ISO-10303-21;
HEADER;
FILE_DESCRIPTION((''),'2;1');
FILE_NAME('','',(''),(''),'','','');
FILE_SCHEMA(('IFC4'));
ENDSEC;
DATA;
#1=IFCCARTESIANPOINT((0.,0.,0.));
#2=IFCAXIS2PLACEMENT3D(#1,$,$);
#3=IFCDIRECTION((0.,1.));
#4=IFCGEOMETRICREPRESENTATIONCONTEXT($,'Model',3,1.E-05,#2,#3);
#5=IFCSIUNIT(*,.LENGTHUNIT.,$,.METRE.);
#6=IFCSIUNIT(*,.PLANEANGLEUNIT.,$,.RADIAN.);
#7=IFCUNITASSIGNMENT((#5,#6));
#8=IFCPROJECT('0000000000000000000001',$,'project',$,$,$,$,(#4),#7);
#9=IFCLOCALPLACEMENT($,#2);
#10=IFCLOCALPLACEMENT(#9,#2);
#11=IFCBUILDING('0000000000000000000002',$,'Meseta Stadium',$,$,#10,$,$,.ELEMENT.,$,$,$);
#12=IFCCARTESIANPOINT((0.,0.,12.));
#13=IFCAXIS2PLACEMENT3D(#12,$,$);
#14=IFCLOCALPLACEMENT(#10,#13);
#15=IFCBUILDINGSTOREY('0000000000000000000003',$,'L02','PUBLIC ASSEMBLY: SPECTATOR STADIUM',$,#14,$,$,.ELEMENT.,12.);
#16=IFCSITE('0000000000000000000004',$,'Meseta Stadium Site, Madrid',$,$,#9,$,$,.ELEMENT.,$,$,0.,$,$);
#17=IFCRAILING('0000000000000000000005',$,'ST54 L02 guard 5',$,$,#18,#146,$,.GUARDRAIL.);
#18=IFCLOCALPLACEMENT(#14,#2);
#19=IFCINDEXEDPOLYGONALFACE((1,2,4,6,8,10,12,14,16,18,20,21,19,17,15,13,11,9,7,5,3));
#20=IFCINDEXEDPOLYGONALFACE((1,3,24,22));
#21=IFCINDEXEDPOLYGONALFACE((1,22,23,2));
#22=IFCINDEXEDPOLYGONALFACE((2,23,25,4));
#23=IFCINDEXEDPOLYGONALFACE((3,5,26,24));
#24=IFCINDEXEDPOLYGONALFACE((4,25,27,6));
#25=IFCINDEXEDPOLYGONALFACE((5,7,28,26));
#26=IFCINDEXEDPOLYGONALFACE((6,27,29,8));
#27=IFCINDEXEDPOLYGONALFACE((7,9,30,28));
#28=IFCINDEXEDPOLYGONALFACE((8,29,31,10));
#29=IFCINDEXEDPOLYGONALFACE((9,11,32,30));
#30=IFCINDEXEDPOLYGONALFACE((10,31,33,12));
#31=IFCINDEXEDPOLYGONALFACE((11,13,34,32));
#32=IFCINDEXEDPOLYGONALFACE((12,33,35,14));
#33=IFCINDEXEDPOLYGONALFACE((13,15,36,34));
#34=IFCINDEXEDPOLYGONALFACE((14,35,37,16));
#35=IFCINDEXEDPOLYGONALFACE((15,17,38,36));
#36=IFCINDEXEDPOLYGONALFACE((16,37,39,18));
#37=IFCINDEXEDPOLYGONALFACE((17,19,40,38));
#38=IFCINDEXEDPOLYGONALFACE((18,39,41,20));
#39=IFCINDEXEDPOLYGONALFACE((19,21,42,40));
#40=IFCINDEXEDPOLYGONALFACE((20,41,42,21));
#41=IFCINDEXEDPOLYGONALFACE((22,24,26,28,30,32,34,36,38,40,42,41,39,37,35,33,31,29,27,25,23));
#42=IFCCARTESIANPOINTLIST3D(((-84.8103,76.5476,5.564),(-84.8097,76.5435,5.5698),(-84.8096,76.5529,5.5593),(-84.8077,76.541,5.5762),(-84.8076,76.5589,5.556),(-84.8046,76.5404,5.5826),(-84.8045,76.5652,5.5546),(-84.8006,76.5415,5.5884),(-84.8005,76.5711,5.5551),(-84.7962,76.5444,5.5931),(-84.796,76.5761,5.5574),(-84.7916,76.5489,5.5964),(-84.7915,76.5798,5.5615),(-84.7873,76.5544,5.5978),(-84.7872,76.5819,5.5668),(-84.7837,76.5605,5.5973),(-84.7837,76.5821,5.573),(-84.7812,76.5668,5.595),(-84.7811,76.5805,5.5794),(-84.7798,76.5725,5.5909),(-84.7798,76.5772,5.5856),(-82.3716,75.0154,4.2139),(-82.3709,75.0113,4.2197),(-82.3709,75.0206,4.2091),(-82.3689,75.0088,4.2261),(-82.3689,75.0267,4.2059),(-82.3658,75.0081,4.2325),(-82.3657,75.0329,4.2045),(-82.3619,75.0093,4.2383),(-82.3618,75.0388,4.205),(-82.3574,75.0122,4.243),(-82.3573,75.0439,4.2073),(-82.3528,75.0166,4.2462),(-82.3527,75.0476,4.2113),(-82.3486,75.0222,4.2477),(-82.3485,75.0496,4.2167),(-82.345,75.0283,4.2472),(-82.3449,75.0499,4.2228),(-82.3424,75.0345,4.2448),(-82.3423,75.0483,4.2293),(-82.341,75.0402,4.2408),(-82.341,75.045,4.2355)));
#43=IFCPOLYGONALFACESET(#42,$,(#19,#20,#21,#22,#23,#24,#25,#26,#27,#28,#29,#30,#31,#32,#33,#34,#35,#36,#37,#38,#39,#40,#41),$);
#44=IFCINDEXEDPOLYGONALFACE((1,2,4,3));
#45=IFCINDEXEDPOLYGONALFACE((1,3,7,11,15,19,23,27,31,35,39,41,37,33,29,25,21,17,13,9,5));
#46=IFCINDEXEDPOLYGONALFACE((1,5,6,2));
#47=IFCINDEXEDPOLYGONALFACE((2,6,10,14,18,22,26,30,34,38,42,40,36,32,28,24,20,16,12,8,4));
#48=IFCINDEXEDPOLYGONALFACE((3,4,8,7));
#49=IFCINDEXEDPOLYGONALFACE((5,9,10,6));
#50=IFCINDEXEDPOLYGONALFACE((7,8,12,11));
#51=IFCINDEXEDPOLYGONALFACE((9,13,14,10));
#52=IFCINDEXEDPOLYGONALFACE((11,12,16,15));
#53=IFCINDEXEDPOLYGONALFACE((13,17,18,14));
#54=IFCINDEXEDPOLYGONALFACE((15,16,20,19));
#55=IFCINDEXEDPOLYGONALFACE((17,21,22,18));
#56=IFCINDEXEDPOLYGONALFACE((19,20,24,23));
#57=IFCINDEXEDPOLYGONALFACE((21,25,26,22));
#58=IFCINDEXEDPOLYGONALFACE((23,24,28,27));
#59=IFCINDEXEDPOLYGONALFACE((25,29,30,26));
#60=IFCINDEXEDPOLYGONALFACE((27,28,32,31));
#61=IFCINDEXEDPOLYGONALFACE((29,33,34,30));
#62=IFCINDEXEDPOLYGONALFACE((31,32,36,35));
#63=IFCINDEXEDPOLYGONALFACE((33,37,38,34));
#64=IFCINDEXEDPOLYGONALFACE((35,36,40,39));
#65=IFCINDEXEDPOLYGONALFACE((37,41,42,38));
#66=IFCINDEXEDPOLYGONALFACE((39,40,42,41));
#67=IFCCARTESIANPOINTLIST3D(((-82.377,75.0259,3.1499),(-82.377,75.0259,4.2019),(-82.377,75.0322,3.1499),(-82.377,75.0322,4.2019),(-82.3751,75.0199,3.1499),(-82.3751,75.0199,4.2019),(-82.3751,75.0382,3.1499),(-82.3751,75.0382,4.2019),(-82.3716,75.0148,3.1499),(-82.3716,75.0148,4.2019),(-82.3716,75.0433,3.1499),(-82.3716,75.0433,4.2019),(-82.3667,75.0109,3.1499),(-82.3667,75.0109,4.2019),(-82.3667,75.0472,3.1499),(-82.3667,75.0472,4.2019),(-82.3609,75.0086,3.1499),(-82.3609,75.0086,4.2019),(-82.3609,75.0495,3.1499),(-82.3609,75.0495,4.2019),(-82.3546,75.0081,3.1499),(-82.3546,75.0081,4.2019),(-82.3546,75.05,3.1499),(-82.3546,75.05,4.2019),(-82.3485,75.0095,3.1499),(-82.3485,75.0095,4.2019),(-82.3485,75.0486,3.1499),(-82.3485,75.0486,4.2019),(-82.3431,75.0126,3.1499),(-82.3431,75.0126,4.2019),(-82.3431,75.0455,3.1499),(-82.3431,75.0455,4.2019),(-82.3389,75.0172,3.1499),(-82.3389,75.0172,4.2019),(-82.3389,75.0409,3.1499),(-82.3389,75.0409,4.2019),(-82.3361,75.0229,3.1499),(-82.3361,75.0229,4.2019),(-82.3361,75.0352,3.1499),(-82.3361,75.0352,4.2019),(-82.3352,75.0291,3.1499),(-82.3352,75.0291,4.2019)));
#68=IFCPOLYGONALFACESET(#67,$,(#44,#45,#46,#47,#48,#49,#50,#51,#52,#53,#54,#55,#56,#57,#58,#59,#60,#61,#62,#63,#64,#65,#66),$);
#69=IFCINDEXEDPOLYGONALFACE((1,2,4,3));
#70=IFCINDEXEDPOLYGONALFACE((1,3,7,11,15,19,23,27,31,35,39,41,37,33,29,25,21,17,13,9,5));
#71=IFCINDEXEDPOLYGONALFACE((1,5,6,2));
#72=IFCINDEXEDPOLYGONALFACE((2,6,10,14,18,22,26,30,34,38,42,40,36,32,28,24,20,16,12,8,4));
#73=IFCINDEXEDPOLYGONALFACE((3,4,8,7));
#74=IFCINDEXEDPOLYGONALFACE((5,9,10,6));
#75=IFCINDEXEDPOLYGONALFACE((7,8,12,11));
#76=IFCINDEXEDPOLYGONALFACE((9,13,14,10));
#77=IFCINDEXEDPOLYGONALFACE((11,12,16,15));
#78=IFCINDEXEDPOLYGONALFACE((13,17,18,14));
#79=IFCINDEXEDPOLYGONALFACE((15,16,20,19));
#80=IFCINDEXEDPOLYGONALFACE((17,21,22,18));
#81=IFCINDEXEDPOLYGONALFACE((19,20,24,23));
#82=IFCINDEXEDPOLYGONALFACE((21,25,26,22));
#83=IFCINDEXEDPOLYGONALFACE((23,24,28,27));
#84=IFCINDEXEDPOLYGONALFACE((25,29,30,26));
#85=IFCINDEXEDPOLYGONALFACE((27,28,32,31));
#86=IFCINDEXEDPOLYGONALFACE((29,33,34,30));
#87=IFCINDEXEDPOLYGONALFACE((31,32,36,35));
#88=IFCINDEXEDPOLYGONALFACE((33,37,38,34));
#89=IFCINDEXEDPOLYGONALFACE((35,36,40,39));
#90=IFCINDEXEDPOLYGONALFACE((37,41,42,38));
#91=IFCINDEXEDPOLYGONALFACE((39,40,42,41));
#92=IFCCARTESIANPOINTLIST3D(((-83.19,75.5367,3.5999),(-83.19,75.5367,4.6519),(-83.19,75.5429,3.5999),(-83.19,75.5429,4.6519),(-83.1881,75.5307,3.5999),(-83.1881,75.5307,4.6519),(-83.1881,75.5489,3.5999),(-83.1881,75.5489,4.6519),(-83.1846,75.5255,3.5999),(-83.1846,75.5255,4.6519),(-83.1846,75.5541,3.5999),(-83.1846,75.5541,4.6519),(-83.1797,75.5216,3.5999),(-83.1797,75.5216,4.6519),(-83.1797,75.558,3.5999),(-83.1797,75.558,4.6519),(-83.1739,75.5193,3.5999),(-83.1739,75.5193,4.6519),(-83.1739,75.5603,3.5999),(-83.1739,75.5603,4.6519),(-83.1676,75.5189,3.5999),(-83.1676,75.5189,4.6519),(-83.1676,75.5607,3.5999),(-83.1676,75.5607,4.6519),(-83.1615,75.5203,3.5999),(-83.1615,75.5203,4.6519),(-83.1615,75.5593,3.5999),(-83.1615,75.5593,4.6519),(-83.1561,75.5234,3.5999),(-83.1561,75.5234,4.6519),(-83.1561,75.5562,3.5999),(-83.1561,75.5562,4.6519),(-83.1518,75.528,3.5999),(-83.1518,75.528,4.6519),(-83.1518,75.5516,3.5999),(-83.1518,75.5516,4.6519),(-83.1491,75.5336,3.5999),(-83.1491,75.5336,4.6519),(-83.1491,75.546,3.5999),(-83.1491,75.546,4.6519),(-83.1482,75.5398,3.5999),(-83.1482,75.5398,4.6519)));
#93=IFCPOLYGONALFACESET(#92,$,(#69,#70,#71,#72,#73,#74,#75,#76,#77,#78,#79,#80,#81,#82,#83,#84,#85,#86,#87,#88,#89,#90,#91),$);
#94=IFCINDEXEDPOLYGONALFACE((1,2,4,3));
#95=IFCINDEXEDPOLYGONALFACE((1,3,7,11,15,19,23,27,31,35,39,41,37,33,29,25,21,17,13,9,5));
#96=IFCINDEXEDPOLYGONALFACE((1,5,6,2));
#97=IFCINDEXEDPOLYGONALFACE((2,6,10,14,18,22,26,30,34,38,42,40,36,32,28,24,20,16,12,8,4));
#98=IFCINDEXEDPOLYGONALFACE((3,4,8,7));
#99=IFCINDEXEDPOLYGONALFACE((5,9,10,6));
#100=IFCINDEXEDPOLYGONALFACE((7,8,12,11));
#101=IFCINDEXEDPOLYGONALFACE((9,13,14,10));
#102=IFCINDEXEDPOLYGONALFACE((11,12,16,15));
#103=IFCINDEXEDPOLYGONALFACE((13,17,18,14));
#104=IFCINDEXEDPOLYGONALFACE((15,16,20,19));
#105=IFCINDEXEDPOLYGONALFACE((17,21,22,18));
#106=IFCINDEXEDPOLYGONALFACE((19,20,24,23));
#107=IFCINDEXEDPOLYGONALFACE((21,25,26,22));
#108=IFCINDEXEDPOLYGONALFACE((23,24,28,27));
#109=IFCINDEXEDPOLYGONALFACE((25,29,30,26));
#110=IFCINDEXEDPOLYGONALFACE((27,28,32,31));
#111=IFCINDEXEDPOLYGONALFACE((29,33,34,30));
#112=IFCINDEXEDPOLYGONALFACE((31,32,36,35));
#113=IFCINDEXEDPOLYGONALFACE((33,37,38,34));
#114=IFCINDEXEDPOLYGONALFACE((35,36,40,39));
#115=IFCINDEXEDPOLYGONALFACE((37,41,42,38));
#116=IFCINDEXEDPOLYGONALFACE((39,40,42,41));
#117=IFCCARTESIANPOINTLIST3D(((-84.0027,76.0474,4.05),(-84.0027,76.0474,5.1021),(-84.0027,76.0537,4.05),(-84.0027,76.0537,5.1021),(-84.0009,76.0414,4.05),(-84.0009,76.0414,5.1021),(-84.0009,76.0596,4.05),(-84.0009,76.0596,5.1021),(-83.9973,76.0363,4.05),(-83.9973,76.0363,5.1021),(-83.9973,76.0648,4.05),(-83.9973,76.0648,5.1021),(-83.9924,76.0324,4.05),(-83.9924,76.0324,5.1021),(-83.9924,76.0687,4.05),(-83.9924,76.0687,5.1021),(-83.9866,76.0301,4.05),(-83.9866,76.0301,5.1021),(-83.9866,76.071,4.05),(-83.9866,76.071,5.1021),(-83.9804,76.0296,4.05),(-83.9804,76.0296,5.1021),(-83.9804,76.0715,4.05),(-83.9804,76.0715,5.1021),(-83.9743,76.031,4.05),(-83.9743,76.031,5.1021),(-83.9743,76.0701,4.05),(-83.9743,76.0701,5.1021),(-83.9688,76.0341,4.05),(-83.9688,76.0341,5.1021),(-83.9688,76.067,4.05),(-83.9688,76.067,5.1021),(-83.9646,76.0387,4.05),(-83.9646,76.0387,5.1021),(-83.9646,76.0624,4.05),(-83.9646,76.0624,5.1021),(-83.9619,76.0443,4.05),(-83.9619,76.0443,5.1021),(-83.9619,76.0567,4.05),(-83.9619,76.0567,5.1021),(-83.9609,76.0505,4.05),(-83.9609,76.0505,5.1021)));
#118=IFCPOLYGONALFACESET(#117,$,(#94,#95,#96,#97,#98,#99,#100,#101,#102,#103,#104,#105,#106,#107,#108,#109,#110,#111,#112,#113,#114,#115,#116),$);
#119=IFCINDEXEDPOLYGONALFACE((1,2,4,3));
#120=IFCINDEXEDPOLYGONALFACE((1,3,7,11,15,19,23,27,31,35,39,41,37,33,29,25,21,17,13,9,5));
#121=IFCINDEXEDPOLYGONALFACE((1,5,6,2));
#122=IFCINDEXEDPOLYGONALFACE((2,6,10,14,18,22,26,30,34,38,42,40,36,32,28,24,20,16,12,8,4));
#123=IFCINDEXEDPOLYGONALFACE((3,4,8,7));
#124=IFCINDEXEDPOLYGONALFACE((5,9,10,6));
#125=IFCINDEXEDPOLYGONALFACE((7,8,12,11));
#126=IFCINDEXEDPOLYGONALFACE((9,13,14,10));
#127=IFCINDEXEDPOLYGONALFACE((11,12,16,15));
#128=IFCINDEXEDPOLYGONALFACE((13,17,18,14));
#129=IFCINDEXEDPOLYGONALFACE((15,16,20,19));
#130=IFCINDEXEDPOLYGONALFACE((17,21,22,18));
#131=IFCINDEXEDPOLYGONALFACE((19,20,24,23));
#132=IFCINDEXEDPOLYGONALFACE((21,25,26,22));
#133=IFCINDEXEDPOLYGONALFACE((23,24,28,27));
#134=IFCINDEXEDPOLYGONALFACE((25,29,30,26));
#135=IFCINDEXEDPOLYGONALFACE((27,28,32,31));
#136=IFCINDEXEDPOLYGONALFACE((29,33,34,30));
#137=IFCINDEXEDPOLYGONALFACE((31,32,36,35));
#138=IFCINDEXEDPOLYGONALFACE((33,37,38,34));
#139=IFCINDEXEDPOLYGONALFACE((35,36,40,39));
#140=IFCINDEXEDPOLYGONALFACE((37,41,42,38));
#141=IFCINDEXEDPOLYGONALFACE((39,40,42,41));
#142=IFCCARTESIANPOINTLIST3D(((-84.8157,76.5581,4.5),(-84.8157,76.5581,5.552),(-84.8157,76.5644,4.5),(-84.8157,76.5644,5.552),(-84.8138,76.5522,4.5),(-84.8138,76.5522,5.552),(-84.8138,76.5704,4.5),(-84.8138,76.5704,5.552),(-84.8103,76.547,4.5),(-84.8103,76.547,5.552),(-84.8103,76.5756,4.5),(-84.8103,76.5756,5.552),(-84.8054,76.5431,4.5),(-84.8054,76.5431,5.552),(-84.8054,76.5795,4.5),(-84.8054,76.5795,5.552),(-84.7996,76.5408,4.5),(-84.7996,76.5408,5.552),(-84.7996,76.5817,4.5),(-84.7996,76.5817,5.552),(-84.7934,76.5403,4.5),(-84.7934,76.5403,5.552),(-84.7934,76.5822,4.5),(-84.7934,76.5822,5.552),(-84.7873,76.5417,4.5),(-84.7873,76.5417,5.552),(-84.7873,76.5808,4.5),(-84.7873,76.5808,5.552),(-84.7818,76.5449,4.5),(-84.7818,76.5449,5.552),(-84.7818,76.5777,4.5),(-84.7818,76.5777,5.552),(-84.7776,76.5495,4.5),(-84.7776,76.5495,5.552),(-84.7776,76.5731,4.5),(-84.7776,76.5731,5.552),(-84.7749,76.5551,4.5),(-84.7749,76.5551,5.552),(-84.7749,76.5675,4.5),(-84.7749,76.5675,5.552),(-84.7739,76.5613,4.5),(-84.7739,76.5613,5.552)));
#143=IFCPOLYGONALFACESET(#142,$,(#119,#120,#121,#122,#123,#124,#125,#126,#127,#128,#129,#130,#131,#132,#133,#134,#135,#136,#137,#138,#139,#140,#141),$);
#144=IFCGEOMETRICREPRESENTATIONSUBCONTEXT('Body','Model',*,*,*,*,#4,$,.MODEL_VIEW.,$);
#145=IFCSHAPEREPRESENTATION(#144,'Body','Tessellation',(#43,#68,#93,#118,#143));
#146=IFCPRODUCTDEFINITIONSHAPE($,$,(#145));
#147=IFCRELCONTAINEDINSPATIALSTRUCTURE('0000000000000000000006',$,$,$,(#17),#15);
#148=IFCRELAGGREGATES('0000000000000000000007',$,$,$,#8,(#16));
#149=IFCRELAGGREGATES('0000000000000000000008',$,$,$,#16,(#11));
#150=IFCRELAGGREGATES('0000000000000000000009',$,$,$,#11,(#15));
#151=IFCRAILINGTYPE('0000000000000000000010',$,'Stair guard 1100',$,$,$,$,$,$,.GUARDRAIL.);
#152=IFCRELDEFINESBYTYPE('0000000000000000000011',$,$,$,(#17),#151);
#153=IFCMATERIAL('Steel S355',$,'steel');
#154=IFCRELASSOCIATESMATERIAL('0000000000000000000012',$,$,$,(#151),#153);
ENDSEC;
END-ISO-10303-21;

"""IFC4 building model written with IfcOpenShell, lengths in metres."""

from ifc_helpers import new_model, si_unit, direction, frame, origin, origin_2d, place, context, subcontext, project, spatial, circle, extrude, material, type_object, element, save


model = new_model("IFC4")

# Units and contexts
model_context = context("Model", 3, precision=1e-05, world=origin(), true_north=direction((0.0, 1.0)))
body_context = subcontext(model_context, "Body", "Model", "MODEL_VIEW")
ifc_project = project(units=[si_unit("LENGTHUNIT", "METRE"), si_unit("PLANEANGLEUNIT", "RADIAN")], contexts=[model_context])

# Site, building, storey
site_placement = place(None, origin())
site = spatial("IfcSite", under=ifc_project, at=site_placement, Name="Meseta Stadium Site, Madrid", CompositionType="ELEMENT", RefElevation=0.0)
building_placement = place(site_placement, origin())
building = spatial("IfcBuilding", under=site, at=building_placement, Name="Meseta Stadium", CompositionType="ELEMENT")
storey_placement = place(building_placement, frame((0.0, 0.0, 12.0)))
storey = spatial("IfcBuildingStorey", under=building, at=storey_placement, Name="L02", Description="PUBLIC ASSEMBLY: SPECTATOR STADIUM", CompositionType="ELEMENT", Elevation=12.0)

# Railing
ifc_material_1 = material(Name="Steel S355", Category="steel")
railing_type_1 = type_object("IfcRailingType", Name="Stair guard 1100", PredefinedType="GUARDRAIL", material=ifc_material_1)
railing_1_placement = place(storey_placement, frame((-82.3562, 75.0291, 3.1499)))
element("IfcRailing", 1, at=railing_1_placement, inside=storey, type_object=railing_type_1, Name="ST54 L02 guard 5", PredefinedType="GUARDRAIL", context=body_context, shape_type="SweptSolid", body=[
    extrude(circle(Radius=0.0239, at=origin_2d()), frame((0.0, 0.0, 1.0762), z_axis=(-0.766687, 0.481703, 0.424445), x_axis=(-0.532001, -0.846743, 0.0)), (0.0, 0.0, 1.0), 3.1809),
    extrude(circle(Radius=0.021, at=origin_2d()), origin(), (0.0, 0.0, 1.0), 1.052),
    extrude(circle(Radius=0.021, at=origin_2d()), frame((-0.813, 0.5107, 0.45)), (0.0, 0.0, 1.0), 1.052),
    extrude(circle(Radius=0.021, at=origin_2d()), frame((-1.6257, 1.0215, 0.9001)), (0.0, 0.0, 1.0), 1.052),
    extrude(circle(Radius=0.021, at=origin_2d()), frame((-2.4387, 1.5322, 1.3501)), (0.0, 0.0, 1.0), 1.052),
])

save(model, "model.ifc")
